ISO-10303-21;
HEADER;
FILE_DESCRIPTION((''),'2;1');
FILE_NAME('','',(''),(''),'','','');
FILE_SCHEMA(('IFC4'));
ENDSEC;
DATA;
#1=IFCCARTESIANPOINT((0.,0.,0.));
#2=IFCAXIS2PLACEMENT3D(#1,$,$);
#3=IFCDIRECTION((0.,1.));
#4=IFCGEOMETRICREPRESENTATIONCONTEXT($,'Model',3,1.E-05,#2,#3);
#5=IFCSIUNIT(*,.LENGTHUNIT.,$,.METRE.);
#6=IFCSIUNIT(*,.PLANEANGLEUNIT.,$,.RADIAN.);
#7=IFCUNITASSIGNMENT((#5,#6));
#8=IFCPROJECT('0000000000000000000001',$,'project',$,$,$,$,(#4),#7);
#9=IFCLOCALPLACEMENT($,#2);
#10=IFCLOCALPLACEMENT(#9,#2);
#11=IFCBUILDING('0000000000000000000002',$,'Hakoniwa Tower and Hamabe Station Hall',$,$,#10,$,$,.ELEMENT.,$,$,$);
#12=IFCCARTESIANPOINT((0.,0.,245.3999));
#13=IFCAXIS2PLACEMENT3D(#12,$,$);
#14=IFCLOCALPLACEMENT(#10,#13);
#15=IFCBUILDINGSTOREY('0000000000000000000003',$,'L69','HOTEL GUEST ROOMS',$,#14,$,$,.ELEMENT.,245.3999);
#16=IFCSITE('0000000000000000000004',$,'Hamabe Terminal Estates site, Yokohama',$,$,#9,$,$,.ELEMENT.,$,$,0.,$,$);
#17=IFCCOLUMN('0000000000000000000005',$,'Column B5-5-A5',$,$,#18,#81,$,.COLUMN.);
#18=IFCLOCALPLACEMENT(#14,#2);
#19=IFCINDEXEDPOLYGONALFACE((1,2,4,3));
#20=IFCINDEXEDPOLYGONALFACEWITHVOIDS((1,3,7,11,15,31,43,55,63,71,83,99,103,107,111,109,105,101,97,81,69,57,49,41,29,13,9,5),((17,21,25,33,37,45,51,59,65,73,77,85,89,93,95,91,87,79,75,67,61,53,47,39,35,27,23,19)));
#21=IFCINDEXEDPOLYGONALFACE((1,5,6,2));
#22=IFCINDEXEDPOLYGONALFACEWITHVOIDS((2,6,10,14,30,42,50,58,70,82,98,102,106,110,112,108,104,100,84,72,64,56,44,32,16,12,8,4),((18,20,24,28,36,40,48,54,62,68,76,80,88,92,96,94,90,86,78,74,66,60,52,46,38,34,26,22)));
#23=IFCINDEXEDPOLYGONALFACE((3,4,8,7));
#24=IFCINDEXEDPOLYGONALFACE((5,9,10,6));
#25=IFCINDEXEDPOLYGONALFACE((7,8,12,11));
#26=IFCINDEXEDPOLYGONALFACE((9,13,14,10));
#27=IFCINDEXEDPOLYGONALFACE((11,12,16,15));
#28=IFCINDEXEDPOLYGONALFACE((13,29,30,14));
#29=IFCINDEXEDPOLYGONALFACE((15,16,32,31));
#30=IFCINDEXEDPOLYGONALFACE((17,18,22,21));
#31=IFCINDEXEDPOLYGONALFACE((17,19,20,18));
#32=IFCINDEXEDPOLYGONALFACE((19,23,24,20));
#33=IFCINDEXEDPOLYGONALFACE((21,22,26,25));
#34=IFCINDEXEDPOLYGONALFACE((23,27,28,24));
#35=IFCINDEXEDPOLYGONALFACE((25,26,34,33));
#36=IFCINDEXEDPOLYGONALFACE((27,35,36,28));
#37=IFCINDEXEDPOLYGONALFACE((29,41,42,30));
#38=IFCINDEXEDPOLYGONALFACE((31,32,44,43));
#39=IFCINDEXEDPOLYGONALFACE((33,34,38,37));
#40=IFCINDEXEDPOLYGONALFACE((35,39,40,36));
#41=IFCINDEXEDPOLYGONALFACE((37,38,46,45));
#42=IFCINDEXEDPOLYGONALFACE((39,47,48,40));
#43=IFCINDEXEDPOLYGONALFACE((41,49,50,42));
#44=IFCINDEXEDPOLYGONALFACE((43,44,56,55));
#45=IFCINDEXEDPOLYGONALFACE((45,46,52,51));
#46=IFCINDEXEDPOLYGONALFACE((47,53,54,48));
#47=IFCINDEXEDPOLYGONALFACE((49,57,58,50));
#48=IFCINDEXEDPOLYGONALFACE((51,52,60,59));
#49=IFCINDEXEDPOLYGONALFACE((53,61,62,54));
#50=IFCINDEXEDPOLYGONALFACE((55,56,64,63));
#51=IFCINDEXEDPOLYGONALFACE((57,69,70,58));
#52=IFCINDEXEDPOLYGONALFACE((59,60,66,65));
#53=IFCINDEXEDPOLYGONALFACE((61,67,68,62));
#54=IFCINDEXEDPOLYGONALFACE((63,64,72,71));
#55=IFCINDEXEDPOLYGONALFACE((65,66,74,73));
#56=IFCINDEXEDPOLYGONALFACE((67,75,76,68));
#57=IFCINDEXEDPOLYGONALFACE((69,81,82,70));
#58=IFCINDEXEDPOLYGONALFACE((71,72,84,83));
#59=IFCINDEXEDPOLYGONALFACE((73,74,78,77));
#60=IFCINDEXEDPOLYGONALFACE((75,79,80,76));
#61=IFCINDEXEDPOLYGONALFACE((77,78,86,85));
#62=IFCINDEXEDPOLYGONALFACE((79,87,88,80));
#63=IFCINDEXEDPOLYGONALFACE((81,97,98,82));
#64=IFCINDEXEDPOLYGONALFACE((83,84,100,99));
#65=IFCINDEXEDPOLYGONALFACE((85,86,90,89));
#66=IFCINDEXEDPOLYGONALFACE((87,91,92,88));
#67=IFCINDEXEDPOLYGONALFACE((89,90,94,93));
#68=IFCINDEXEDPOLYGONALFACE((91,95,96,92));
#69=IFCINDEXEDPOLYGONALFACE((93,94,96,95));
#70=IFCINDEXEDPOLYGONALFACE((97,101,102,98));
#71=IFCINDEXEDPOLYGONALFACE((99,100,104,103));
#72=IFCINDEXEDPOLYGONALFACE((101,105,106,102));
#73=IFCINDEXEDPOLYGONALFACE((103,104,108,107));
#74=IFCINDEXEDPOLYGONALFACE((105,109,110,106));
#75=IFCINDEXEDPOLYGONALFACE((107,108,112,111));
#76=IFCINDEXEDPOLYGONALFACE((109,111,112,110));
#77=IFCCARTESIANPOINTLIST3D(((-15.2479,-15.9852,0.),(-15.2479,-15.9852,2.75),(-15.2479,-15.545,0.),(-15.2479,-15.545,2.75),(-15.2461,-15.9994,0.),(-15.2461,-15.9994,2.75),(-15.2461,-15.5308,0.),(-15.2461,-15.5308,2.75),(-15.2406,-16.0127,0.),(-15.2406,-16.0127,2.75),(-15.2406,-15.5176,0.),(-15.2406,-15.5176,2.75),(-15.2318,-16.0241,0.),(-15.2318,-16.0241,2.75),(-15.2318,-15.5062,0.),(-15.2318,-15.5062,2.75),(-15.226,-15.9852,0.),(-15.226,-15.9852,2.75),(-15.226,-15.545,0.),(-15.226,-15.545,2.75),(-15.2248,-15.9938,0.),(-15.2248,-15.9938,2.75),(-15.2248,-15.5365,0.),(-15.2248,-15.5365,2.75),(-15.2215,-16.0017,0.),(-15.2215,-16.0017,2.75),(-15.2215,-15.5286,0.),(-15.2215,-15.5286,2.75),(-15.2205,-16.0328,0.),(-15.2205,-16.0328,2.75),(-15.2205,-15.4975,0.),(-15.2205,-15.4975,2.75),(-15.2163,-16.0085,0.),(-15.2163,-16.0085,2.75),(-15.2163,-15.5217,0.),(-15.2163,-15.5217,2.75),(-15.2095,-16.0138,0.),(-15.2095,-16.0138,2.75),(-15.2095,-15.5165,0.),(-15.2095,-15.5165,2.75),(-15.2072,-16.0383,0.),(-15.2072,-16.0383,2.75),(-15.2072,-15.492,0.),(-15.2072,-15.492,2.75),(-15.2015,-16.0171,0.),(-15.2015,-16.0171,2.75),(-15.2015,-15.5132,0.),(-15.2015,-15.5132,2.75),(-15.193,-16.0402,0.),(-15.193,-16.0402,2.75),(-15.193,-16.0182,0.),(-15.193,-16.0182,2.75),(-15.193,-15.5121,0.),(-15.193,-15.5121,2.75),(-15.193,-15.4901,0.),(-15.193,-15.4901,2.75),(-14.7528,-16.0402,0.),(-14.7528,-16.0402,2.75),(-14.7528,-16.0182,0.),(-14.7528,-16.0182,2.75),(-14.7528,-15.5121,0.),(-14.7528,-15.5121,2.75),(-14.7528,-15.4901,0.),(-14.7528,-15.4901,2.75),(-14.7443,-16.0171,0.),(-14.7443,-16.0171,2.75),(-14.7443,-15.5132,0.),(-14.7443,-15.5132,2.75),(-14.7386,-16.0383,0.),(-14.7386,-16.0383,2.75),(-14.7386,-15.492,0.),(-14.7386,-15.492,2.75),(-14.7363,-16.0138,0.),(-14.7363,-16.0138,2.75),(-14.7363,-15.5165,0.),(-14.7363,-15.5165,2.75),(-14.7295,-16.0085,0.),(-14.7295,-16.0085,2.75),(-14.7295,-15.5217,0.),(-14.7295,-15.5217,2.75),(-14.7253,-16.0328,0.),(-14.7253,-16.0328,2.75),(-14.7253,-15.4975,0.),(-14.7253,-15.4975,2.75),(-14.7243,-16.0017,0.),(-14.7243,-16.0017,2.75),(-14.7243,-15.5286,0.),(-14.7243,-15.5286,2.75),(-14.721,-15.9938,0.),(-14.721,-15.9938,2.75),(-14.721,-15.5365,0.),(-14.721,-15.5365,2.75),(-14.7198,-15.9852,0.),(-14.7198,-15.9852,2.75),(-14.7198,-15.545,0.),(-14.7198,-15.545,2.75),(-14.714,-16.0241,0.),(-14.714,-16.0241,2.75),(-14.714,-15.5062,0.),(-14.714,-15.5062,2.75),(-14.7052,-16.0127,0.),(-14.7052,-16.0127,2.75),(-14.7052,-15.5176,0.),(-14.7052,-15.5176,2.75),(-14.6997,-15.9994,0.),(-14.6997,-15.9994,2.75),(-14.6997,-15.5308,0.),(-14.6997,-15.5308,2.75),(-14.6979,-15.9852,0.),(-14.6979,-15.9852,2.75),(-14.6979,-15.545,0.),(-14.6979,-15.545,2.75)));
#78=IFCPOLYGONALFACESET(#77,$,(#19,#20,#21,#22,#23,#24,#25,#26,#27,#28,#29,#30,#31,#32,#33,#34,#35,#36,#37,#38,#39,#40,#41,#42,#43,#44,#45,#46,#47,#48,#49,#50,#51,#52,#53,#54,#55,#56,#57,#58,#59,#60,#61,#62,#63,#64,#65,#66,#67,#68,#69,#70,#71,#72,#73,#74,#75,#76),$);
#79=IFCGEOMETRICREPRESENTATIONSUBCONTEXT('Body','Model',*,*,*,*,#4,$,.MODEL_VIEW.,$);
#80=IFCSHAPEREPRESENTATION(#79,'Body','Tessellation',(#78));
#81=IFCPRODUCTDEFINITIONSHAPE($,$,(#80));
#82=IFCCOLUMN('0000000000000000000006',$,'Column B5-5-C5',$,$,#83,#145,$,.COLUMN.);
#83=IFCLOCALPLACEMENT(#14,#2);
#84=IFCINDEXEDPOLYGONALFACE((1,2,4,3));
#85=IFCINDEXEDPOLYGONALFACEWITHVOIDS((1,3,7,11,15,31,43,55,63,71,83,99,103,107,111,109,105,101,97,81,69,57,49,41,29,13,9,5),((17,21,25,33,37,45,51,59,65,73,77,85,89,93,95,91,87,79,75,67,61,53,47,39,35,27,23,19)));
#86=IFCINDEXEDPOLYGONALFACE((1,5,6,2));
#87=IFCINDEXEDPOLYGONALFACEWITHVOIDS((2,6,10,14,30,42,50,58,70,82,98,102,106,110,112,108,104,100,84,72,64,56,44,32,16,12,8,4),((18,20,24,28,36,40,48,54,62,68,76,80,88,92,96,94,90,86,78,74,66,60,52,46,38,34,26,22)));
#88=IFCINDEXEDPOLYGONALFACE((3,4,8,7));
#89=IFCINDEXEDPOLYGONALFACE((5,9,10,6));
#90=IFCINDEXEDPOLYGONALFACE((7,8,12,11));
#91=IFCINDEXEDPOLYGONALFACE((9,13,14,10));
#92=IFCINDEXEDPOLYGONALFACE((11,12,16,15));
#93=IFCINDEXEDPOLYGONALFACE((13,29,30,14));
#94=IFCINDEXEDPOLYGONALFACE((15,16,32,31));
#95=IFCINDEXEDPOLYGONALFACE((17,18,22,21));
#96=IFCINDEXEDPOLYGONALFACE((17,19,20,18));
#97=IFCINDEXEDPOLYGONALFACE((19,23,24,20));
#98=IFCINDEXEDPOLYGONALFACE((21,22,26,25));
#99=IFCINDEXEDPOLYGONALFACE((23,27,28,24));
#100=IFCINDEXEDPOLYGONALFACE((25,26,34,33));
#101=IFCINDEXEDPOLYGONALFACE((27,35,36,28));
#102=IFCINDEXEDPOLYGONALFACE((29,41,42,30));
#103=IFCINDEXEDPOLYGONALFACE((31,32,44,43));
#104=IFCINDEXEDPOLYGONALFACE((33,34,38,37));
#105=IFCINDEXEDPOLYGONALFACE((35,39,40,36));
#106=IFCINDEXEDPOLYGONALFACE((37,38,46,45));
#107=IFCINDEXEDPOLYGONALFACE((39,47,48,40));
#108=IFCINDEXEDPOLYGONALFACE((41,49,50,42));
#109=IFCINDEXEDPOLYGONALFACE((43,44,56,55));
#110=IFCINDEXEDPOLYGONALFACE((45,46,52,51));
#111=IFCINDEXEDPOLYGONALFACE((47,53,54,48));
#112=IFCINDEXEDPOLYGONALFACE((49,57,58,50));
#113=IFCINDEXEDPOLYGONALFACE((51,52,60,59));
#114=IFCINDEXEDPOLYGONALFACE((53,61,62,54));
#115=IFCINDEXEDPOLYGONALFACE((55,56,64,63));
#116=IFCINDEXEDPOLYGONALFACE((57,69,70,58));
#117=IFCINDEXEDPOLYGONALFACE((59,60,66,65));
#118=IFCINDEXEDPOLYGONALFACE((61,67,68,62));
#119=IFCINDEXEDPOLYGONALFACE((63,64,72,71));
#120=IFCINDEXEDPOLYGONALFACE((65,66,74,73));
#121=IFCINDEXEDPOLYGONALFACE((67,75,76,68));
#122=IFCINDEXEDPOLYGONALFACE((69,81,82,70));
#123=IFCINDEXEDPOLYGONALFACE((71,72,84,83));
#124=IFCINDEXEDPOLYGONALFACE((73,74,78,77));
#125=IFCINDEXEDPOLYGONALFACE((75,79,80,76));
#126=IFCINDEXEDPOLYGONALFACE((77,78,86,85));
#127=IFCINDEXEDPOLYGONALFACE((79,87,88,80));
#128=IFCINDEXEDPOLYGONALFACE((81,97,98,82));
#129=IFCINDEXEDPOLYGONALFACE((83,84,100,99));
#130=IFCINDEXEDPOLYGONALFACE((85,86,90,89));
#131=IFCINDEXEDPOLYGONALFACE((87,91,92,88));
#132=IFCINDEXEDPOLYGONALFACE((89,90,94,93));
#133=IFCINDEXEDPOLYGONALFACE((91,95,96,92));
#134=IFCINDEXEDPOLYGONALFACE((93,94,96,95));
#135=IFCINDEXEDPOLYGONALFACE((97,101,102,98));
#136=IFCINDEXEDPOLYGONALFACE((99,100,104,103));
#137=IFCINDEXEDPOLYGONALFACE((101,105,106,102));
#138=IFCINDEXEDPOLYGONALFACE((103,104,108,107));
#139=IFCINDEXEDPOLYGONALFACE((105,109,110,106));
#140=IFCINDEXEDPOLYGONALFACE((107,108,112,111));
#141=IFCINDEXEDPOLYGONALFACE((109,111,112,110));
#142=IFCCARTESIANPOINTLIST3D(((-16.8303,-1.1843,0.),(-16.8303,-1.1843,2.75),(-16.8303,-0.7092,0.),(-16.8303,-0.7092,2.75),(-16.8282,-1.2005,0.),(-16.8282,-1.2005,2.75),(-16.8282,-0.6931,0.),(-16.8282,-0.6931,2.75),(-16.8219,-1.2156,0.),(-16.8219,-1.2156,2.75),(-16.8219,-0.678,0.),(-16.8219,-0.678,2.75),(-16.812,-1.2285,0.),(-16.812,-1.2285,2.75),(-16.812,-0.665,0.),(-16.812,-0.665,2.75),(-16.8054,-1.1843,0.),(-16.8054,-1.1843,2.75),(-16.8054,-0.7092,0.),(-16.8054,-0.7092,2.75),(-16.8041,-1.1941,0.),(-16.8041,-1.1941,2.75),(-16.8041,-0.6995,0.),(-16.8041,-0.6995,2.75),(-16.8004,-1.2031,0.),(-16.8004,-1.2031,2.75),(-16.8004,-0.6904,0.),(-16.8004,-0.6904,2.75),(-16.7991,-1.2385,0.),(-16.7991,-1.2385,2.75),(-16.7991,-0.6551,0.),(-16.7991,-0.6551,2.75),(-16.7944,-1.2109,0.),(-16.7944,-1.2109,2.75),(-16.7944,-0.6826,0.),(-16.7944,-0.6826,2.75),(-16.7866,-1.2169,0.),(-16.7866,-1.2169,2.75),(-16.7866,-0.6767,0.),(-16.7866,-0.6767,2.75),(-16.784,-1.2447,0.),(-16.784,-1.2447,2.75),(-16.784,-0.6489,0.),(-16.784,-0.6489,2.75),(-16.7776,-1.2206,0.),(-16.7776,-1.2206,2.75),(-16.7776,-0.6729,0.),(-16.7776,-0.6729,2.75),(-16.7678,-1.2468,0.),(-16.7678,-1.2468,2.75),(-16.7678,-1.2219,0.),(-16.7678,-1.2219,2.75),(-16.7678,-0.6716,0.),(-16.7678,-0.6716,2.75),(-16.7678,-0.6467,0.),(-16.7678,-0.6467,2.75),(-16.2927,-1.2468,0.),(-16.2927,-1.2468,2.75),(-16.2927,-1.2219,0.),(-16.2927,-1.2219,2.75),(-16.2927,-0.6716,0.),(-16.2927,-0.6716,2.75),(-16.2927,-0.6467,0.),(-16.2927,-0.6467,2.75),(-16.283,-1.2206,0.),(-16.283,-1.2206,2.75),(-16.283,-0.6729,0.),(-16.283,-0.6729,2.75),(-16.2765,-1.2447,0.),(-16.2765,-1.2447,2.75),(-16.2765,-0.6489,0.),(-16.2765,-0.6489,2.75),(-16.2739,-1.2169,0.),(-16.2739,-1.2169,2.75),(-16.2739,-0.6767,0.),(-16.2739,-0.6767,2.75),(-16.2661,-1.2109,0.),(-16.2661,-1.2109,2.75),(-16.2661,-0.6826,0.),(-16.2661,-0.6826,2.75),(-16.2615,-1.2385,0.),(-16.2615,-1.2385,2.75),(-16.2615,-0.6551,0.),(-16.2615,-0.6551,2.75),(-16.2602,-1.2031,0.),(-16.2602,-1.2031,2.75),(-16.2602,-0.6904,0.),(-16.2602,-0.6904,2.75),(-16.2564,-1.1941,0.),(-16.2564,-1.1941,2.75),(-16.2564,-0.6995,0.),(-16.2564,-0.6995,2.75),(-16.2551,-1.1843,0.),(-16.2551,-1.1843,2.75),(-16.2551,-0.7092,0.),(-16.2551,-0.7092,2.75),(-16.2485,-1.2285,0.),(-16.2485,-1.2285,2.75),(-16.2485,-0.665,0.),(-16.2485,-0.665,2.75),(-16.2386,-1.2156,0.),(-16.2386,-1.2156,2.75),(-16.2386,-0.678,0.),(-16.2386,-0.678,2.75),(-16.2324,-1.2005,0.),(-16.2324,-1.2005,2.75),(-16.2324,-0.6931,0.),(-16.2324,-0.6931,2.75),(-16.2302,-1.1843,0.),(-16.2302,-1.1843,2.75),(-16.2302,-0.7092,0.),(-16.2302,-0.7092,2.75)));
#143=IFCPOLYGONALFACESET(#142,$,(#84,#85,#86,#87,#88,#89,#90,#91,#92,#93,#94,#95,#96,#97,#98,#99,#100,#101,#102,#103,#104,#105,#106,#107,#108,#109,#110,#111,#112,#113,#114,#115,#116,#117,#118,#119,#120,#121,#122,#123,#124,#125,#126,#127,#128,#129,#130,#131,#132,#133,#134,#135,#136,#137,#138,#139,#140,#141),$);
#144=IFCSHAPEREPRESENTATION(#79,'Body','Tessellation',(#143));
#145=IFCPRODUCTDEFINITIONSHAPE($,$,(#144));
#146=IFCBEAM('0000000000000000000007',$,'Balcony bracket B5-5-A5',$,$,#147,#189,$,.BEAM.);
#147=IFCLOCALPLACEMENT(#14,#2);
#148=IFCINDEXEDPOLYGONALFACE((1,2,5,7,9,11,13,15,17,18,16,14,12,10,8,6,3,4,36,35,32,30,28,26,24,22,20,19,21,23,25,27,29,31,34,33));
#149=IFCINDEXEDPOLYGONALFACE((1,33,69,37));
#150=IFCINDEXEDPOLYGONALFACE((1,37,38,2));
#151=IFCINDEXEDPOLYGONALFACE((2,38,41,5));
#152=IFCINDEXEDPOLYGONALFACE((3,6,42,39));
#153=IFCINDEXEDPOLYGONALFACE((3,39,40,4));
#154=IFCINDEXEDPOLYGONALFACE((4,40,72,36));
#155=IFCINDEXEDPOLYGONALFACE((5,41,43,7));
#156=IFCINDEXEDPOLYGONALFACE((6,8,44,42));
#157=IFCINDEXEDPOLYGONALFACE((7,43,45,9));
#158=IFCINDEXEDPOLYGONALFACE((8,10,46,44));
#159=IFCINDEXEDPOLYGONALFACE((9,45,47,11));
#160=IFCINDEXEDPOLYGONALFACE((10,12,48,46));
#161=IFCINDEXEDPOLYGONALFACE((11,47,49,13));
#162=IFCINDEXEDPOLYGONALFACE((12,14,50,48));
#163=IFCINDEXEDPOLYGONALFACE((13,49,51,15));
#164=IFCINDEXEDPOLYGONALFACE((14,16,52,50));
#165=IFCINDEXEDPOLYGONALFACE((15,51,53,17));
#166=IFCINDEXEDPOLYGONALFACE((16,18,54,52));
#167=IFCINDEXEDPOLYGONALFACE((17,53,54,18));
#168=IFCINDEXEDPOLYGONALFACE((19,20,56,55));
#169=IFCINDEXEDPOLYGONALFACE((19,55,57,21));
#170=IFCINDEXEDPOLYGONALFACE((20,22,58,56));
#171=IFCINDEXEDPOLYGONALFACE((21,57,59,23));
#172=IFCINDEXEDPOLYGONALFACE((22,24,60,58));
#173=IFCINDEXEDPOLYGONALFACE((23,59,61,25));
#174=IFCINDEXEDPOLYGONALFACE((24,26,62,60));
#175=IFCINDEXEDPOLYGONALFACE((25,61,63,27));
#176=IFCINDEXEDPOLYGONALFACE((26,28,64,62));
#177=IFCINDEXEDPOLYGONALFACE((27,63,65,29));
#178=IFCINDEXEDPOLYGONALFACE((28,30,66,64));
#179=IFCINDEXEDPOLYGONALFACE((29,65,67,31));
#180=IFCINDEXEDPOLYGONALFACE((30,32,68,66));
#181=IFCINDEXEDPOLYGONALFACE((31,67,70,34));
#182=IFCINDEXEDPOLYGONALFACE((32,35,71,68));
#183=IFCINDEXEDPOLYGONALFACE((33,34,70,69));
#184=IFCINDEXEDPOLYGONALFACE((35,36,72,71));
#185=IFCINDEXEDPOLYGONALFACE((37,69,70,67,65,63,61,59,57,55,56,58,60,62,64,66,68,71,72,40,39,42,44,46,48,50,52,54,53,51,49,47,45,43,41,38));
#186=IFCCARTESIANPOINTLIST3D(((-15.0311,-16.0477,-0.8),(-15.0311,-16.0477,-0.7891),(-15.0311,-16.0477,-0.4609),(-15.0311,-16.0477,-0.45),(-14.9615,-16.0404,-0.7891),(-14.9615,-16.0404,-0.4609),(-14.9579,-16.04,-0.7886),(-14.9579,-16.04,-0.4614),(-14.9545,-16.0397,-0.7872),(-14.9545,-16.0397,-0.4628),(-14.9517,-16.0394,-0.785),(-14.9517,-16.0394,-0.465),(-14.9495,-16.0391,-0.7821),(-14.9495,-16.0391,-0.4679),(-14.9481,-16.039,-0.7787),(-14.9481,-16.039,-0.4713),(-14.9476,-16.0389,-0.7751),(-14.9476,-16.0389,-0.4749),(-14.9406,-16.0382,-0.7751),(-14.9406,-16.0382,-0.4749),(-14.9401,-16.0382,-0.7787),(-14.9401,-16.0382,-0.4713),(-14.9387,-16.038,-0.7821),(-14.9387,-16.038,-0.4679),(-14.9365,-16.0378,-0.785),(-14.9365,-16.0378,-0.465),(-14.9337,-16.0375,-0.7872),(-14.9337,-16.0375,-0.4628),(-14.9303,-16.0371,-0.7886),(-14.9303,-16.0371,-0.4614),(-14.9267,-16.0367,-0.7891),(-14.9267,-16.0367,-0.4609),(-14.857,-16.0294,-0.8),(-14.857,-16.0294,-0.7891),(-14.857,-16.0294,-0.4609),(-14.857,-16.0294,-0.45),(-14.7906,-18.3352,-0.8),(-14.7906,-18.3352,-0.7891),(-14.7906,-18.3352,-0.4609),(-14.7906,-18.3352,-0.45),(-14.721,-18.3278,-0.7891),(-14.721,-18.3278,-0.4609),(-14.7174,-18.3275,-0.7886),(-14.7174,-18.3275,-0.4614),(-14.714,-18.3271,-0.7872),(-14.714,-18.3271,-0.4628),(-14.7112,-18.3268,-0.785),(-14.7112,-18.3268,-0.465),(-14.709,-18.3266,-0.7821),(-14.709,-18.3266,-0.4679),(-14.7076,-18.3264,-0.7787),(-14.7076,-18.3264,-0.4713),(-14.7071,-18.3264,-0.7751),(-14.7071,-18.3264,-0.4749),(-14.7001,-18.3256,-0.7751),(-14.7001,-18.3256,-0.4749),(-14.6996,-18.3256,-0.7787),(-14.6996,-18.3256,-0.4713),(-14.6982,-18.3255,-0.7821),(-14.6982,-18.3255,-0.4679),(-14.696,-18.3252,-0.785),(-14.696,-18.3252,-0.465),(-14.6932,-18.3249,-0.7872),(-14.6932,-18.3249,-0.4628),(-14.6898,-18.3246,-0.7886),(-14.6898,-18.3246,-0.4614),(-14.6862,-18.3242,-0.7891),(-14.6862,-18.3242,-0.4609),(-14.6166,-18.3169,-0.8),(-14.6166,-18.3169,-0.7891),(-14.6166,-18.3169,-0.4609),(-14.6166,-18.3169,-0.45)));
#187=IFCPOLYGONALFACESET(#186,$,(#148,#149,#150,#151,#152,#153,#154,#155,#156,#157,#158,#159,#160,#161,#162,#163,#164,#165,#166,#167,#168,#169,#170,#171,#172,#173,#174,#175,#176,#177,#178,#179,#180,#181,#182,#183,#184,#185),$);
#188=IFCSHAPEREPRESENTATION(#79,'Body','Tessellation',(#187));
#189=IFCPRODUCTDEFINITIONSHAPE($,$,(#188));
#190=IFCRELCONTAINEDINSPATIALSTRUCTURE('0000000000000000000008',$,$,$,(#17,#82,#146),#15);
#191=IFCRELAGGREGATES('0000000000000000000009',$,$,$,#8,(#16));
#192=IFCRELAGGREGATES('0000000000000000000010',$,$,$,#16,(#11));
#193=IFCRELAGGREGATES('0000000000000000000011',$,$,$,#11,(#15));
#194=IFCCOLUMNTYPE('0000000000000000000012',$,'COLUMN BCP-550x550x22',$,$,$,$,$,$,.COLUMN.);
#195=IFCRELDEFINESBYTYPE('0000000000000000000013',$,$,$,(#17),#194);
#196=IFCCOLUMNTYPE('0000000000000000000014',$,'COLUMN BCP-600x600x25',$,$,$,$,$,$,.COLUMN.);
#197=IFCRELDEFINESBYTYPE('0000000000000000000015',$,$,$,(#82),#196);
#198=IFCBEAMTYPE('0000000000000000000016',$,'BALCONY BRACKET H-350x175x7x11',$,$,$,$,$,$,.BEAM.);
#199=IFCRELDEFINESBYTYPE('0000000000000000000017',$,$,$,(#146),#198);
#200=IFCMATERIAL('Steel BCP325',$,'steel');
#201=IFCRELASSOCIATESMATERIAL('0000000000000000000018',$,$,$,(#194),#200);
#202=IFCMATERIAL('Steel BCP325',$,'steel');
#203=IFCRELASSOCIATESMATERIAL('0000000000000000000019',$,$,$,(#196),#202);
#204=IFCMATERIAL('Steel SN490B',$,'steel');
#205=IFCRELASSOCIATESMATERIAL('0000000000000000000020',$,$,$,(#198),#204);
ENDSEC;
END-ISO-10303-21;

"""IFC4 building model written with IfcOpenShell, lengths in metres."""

from ifc_helpers import new_model, si_unit, direction, frame, origin, origin_2d, place, context, subcontext, project, spatial, hollow_rectangle, i_section, extrude, material, material_profile, profile_set, type_object, element, save


model = new_model("IFC4")

# Units and contexts
model_context = context("Model", 3, precision=1e-05, world=origin(), true_north=direction((0.0, 1.0)))
body_context = subcontext(model_context, "Body", "Model", "MODEL_VIEW")
ifc_project = project(units=[si_unit("LENGTHUNIT", "METRE"), si_unit("PLANEANGLEUNIT", "RADIAN")], contexts=[model_context])

# Site, building, storey
site_placement = place(None, origin())
site = spatial("IfcSite", under=ifc_project, at=site_placement, Name="Hamabe Terminal Estates site, Yokohama", CompositionType="ELEMENT", RefElevation=0.0)
building_placement = place(site_placement, origin())
building = spatial("IfcBuilding", under=site, at=building_placement, Name="Hakoniwa Tower and Hamabe Station Hall", CompositionType="ELEMENT")
storey_placement = place(building_placement, frame((0.0, 0.0, 245.3999)))
storey = spatial("IfcBuildingStorey", under=building, at=storey_placement, Name="L69", Description="HOTEL GUEST ROOMS", CompositionType="ELEMENT", Elevation=245.3999)

# Columns
ifc_material_1 = material(Name="Steel BCP325", Category="steel")
ifc_material_profile_1 = material_profile(ifc_material_1, hollow_rectangle(XDim=0.55, YDim=0.55, WallThickness=0.022, InnerFilletRadius=0.033, OuterFilletRadius=0.0549, at=origin_2d()), Name="BCP-550x550x22")
ifc_profile_set_1 = profile_set([ifc_material_profile_1], Name="Steel BCP325")
column_type_1 = type_object("IfcColumnType", Name="COLUMN BCP-550x550x22", PredefinedType="COLUMN", material=ifc_profile_set_1)
column_1_placement = place(storey_placement, frame((-14.9729, -15.7651, 0.0), z_axis=(0.0, 0.0, 1.0), x_axis=(1.0, 0.0, 0.0)))
element("IfcColumn", 1, at=column_1_placement, inside=storey, type_object=column_type_1, Name="Column B5-5-A5", PredefinedType="COLUMN", context=body_context, shape_type="SweptSolid", body=[
    extrude(hollow_rectangle(XDim=0.55, YDim=0.55, WallThickness=0.022, InnerFilletRadius=0.033, OuterFilletRadius=0.0549, at=origin_2d()), origin(), (0.0, 0.0, 1.0), 2.75),
])
ifc_material_2 = material(Name="Steel BCP325", Category="steel")
ifc_material_profile_2 = material_profile(ifc_material_2, hollow_rectangle(XDim=0.6001, YDim=0.6001, WallThickness=0.0249, InnerFilletRadius=0.0376, OuterFilletRadius=0.0625, at=origin_2d()), Name="BCP-600x600x25")
ifc_profile_set_2 = profile_set([ifc_material_profile_2], Name="Steel BCP325")
column_type_2 = type_object("IfcColumnType", Name="COLUMN BCP-600x600x25", PredefinedType="COLUMN", material=ifc_profile_set_2)
column_2_placement = place(storey_placement, frame((-16.5303, -0.9468, 0.0), z_axis=(0.0, 0.0, 1.0), x_axis=(1.0, 0.0, 0.0)))
element("IfcColumn", 2, at=column_2_placement, inside=storey, type_object=column_type_2, Name="Column B5-5-C5", PredefinedType="COLUMN", context=body_context, shape_type="SweptSolid", body=[
    extrude(hollow_rectangle(XDim=0.6001, YDim=0.6001, WallThickness=0.0249, InnerFilletRadius=0.0376, OuterFilletRadius=0.0625, at=origin_2d()), origin(), (0.0, 0.0, 1.0), 2.75),
])

# Beam
ifc_material_3 = material(Name="Steel SN490B", Category="steel")
ifc_material_profile_3 = material_profile(ifc_material_3, i_section(OverallWidth=0.175, OverallDepth=0.3501, WebThickness=0.0071, FlangeThickness=0.011, FilletRadius=0.0139, at=origin_2d()), Name="H-350x175x7x11")
ifc_profile_set_3 = profile_set([ifc_material_profile_3], Name="Steel SN490B")
beam_type_1 = type_object("IfcBeamType", Name="BALCONY BRACKET H-350x175x7x11", PredefinedType="BEAM", material=ifc_profile_set_3)
beam_1_placement = place(storey_placement, frame((-14.9441, -16.0386, -0.625), z_axis=(0.104558, -0.994519, 0.0), x_axis=(0.994519, 0.104558, 0.0)))
element("IfcBeam", 3, at=beam_1_placement, inside=storey, type_object=beam_type_1, Name="Balcony bracket B5-5-A5", PredefinedType="BEAM", context=body_context, shape_type="SweptSolid", body=[
    extrude(i_section(OverallWidth=0.175, OverallDepth=0.3501, WebThickness=0.0071, FlangeThickness=0.011, FilletRadius=0.0139, at=origin_2d()), origin(), (0.0, 0.0, 1.0), 2.3),
])

save(model, "model.ifc")
